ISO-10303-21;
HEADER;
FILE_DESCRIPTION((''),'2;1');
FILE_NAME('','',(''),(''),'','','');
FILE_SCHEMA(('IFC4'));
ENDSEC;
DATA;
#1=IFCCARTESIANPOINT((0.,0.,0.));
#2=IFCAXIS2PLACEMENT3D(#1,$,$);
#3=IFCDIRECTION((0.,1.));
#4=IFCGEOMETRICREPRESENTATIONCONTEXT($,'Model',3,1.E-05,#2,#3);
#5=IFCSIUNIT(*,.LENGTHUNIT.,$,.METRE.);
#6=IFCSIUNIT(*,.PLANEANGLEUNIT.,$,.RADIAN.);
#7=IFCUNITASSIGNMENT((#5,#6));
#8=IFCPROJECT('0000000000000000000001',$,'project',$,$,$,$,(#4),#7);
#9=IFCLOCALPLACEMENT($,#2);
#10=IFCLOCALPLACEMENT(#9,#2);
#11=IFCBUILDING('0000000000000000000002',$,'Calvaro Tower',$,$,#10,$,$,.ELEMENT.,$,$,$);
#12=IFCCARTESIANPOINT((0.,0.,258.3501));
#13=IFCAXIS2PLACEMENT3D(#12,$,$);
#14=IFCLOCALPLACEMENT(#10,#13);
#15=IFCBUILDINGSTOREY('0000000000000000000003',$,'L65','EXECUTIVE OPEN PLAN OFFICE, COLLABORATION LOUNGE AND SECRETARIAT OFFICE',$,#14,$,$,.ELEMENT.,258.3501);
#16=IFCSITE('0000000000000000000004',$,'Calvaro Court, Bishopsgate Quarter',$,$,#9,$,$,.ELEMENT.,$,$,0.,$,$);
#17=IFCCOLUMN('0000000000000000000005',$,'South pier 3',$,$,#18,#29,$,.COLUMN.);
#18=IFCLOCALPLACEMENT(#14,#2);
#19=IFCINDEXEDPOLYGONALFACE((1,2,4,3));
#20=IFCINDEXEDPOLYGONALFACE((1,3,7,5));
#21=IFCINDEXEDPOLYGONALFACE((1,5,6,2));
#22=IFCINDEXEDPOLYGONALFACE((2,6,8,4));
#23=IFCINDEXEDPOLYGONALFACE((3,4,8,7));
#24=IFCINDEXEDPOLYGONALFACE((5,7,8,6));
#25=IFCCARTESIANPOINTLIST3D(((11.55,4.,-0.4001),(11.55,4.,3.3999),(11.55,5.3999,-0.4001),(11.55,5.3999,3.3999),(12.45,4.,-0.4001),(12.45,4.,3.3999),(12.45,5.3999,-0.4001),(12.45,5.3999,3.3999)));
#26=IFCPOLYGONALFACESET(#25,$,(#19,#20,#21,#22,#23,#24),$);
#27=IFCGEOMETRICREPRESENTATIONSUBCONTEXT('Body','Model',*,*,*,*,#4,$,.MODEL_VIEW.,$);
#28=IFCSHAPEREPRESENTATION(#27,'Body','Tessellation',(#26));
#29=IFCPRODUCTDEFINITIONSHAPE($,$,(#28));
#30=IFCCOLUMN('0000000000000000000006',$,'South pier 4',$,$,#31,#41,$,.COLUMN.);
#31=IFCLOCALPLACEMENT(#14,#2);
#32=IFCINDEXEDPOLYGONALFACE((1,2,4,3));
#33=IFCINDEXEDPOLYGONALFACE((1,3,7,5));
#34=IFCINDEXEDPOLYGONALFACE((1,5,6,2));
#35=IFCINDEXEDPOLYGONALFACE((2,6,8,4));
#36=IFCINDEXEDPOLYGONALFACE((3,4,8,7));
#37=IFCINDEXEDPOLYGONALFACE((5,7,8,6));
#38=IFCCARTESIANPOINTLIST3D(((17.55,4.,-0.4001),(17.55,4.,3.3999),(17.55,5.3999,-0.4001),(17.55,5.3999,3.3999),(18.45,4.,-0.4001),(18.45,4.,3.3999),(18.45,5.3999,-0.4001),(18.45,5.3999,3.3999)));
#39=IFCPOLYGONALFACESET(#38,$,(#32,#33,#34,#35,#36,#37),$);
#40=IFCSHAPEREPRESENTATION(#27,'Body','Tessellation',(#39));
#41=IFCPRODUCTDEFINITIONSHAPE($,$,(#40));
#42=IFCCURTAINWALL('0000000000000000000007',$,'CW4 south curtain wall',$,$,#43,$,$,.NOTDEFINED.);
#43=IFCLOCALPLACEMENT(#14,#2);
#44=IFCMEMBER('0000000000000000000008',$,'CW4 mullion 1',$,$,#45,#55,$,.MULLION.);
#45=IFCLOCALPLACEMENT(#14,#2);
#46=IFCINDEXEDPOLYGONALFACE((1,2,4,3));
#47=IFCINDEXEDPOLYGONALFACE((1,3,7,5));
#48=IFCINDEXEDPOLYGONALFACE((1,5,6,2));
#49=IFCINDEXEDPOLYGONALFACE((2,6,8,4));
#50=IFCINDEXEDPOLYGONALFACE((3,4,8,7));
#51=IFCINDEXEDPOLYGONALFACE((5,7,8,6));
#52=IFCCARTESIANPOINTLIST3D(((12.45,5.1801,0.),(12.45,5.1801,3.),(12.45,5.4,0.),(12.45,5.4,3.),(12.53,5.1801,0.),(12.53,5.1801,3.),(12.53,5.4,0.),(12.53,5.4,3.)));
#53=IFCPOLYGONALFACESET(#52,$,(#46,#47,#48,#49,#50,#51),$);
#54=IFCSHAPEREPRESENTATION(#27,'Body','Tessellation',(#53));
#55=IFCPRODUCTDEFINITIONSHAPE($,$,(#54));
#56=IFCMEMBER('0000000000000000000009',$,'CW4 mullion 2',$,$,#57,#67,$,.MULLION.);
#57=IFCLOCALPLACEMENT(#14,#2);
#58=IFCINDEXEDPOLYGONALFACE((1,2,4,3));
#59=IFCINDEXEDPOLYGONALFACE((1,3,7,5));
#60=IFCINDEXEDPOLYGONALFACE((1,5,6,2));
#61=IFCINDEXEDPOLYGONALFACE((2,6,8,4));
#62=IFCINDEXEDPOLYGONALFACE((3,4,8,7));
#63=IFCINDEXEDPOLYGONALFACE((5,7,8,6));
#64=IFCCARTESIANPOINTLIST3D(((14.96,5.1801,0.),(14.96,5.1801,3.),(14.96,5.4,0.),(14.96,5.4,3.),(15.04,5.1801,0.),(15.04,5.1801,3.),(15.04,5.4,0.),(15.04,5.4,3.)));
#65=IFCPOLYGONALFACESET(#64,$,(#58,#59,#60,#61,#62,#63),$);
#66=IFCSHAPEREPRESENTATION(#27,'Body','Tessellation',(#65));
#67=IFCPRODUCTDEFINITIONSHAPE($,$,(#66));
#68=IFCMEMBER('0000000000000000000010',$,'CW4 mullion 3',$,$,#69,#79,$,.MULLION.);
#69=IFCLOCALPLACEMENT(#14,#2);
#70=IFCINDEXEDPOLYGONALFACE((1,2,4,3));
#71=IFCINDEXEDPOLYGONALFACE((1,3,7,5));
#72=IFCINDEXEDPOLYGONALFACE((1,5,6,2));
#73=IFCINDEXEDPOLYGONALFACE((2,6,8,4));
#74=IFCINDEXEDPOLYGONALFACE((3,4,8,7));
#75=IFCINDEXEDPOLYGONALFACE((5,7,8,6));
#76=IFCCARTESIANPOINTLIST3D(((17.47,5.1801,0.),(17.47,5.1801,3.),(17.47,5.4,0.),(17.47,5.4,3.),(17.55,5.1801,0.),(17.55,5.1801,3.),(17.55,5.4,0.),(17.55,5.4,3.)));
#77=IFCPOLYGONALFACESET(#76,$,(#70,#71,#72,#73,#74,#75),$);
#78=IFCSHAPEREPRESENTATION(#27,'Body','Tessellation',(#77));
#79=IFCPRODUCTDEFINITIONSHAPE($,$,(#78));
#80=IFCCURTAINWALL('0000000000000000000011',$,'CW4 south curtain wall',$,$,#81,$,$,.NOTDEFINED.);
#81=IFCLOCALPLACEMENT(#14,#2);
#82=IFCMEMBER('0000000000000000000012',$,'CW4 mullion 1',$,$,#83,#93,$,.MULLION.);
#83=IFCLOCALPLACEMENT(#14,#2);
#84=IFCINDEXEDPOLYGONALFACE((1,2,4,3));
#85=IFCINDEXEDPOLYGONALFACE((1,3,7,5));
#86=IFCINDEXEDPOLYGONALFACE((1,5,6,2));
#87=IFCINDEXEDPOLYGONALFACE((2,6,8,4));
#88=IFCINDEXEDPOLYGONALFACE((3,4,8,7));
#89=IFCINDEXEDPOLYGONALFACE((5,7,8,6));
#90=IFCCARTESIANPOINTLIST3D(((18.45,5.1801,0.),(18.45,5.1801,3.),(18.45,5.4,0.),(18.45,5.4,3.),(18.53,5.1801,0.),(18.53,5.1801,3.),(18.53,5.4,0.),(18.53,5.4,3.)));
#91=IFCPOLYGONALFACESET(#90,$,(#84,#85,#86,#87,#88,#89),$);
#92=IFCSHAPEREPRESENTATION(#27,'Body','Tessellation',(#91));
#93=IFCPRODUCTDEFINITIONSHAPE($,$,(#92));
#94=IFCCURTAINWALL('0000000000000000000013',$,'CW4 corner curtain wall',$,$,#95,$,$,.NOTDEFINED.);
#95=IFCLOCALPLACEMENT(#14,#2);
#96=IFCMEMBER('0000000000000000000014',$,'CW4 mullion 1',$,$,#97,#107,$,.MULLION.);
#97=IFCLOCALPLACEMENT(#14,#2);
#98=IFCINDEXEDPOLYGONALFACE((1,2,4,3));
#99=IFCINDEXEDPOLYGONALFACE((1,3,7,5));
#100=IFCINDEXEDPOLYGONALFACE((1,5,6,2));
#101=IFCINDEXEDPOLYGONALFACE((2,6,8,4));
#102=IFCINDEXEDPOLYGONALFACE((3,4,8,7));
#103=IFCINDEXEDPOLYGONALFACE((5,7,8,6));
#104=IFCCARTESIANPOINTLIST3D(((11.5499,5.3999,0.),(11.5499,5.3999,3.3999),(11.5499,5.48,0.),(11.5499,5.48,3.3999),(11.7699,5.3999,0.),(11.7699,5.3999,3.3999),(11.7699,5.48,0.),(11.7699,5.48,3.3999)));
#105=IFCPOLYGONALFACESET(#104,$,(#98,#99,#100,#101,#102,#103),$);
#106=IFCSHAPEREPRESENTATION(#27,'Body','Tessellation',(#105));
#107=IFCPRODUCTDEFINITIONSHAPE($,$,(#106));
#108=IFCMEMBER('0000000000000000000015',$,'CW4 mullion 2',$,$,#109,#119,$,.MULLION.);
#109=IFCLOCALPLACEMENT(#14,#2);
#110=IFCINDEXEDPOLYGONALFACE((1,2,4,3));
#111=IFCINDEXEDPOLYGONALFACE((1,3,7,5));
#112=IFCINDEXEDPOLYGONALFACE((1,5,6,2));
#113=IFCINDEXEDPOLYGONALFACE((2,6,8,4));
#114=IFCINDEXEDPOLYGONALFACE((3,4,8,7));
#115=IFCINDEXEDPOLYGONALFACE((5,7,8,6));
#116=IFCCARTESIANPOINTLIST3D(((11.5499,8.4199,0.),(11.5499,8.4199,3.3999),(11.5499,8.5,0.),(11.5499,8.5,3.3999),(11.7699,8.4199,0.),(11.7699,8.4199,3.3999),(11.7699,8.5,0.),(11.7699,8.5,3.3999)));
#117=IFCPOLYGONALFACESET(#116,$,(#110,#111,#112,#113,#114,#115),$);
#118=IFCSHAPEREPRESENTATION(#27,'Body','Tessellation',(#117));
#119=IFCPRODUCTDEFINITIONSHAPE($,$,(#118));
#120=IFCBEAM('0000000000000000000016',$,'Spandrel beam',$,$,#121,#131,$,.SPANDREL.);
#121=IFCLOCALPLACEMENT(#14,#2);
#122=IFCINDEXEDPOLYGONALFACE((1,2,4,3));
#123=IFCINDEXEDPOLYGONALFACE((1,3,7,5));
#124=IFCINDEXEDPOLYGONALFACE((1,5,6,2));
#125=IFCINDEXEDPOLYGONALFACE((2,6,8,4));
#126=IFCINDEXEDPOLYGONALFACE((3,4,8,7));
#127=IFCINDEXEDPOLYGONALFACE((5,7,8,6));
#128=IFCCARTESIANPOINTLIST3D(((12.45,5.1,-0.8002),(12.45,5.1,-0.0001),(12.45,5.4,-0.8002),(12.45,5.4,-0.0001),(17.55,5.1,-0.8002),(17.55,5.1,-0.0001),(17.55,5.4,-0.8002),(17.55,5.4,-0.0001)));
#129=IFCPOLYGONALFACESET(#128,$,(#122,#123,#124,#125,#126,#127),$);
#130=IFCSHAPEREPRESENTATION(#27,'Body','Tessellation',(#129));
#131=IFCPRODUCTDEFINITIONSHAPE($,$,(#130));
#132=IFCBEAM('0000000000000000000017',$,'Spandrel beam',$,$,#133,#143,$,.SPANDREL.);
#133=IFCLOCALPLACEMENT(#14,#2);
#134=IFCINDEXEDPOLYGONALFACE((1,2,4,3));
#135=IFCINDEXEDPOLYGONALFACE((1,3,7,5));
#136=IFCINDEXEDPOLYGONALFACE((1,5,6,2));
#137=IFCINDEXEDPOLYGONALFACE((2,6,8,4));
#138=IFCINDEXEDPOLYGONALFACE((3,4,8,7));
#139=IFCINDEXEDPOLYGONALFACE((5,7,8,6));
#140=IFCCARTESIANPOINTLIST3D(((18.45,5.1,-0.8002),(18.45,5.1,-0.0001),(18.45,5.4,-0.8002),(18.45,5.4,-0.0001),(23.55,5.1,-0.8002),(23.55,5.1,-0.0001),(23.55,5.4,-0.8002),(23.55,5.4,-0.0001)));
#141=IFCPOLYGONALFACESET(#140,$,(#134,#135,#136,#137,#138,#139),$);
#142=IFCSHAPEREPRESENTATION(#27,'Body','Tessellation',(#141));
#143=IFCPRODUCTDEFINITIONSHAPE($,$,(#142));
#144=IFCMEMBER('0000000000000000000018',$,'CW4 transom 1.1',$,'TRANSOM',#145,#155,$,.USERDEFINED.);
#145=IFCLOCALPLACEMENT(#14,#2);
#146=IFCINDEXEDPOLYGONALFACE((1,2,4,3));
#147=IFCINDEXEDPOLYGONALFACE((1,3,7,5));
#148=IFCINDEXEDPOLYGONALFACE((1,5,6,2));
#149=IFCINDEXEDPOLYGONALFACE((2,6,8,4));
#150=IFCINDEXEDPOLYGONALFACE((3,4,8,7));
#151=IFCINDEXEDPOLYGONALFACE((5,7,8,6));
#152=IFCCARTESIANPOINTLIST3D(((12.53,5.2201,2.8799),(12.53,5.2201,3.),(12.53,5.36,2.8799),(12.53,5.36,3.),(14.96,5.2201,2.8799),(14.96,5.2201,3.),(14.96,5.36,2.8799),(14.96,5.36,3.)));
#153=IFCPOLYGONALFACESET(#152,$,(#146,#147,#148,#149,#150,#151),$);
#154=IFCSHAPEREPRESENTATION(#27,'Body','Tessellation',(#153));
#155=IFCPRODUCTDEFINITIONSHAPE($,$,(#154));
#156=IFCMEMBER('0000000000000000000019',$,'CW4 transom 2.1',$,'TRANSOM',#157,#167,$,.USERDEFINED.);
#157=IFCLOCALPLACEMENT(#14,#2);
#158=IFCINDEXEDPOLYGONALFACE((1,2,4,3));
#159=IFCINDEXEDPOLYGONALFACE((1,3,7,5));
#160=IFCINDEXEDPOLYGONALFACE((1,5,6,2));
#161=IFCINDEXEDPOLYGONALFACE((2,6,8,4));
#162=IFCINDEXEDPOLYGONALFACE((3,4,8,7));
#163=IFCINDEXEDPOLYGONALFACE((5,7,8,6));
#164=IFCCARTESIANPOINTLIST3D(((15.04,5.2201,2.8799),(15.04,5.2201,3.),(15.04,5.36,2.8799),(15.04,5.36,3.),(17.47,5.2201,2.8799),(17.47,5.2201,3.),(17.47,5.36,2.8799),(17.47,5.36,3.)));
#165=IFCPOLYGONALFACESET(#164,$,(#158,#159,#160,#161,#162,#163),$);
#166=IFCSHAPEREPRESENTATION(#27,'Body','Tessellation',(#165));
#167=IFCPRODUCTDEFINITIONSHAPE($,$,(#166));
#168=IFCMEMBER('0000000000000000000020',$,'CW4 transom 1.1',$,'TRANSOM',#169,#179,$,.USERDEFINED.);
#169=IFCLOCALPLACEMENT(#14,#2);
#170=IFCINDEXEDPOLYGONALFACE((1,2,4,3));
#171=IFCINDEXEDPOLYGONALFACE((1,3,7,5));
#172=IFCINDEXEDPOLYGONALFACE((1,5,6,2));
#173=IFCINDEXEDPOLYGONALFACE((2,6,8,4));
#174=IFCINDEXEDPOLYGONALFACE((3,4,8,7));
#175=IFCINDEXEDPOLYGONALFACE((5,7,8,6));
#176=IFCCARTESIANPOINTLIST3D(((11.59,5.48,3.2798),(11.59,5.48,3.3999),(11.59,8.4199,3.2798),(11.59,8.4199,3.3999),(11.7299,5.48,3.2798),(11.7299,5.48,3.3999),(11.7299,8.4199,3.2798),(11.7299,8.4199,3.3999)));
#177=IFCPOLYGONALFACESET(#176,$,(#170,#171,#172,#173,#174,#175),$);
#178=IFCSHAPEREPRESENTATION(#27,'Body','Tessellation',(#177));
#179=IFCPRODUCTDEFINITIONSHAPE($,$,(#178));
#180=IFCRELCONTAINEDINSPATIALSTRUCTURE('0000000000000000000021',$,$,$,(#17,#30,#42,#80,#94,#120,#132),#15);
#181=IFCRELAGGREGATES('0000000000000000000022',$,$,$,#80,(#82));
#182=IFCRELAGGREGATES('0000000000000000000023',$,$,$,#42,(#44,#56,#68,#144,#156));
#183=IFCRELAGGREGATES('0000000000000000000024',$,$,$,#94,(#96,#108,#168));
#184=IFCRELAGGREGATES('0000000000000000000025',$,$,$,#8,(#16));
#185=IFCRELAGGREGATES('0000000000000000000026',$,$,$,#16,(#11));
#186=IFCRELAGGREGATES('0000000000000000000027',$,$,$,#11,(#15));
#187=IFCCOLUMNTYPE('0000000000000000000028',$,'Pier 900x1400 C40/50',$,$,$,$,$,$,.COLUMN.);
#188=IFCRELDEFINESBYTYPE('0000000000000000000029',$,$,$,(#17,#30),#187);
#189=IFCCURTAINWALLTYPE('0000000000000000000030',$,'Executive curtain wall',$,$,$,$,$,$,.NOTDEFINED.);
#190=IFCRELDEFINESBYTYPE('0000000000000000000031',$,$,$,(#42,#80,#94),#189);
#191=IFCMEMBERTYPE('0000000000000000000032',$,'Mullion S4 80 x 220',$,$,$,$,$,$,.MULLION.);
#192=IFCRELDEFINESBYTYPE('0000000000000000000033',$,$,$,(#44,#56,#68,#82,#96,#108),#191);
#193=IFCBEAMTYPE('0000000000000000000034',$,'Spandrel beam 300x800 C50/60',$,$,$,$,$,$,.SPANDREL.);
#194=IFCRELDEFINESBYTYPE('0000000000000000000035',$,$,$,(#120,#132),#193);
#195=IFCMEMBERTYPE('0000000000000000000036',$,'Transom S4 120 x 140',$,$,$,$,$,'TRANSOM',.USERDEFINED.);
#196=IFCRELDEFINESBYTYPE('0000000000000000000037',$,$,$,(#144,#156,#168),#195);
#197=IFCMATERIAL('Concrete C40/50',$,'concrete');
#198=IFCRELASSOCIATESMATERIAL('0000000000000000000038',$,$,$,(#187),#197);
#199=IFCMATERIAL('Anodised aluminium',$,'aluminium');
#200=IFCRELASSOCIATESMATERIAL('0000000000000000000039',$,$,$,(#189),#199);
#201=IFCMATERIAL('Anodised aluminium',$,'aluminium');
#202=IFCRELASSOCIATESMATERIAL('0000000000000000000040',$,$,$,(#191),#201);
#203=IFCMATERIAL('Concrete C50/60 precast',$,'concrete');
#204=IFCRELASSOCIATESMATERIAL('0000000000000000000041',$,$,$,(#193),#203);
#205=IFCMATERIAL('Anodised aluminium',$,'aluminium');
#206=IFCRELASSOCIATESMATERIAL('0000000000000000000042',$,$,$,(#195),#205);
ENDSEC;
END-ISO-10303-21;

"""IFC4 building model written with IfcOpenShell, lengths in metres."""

from ifc_helpers import new_model, si_unit, direction, frame, origin, origin_2d, place, context, subcontext, project, spatial, rectangle, extrude, material, material_profile, profile_set, type_object, element, aggregate, save


model = new_model("IFC4")

# Units and contexts
model_context = context("Model", 3, precision=1e-05, world=origin(), true_north=direction((0.0, 1.0)))
body_context = subcontext(model_context, "Body", "Model", "MODEL_VIEW")
ifc_project = project(units=[si_unit("LENGTHUNIT", "METRE"), si_unit("PLANEANGLEUNIT", "RADIAN")], contexts=[model_context])

# Site, building, storey
site_placement = place(None, origin())
site = spatial("IfcSite", under=ifc_project, at=site_placement, Name="Calvaro Court, Bishopsgate Quarter", CompositionType="ELEMENT", RefElevation=0.0)
building_placement = place(site_placement, origin())
building = spatial("IfcBuilding", under=site, at=building_placement, Name="Calvaro Tower", CompositionType="ELEMENT")
storey_placement = place(building_placement, frame((0.0, 0.0, 258.3501)))
storey = spatial("IfcBuildingStorey", under=building, at=storey_placement, Name="L65", Description="EXECUTIVE OPEN PLAN OFFICE, COLLABORATION LOUNGE AND SECRETARIAT OFFICE", CompositionType="ELEMENT", Elevation=258.3501)

# Columns
ifc_material_1 = material(Name="Concrete C40/50", Category="concrete")
ifc_material_profile_1 = material_profile(ifc_material_1, rectangle(XDim=0.8999, YDim=1.3999, at=origin_2d()), Name="RC 900x1400")
ifc_profile_set_1 = profile_set([ifc_material_profile_1], Name="Concrete C40/50")
column_type = type_object("IfcColumnType", Name="Pier 900x1400 C40/50", PredefinedType="COLUMN", material=ifc_profile_set_1)
for number, where, z_axis, x_axis, name in (
    (1, (12.0, 4.7, -0.4001), (0.0, 0.0, 1.0), (1.0, 0.0, 0.0), "South pier 3"),
    (2, (18.0, 4.7, -0.4001), (0.0, 0.0, 1.0), (1.0, 0.0, 0.0), "South pier 4"),
):
    element("IfcColumn", number, at=place(storey_placement, frame(where, z_axis=z_axis, x_axis=x_axis)), inside=storey, type_object=column_type, Name=name, PredefinedType="COLUMN", context=body_context, shape_type="SweptSolid", body=[
        extrude(rectangle(XDim=0.8999, YDim=1.3999, at=origin_2d()), origin(), (0.0, 0.0, 1.0), 3.8),
    ])

# Curtain wall, members
ifc_material_2 = material(Name="Anodised aluminium", Category="aluminium")
curtain_wall_type = type_object("IfcCurtainWallType", Name="Executive curtain wall", PredefinedType="NOTDEFINED", material=ifc_material_2)
curtain_wall_1_placement = place(storey_placement, origin())
curtain_wall_1 = element("IfcCurtainWall", 3, at=curtain_wall_1_placement, inside=storey, type_object=curtain_wall_type, Name="CW4 south curtain wall", PredefinedType="NOTDEFINED")
ifc_material_3 = material(Name="Anodised aluminium", Category="aluminium")
ifc_material_profile_2 = material_profile(ifc_material_3, rectangle(XDim=0.22, YDim=0.0801, at=origin_2d()), Name="Mullion S4 80 x 220")
ifc_profile_set_2 = profile_set([ifc_material_profile_2], Name="Anodised aluminium")
member_type_1 = type_object("IfcMemberType", Name="Mullion S4 80 x 220", PredefinedType="MULLION", material=ifc_profile_set_2)
member_1_placement = place(storey_placement, frame((12.49, 5.29, 0.0), z_axis=(0.0, 0.0, 1.0), x_axis=(0.0, 1.0, 0.0)))
member_1 = element("IfcMember", 4, at=member_1_placement, type_object=member_type_1, Name="CW4 mullion 1", PredefinedType="MULLION", context=body_context, shape_type="SweptSolid", body=[
    extrude(rectangle(XDim=0.22, YDim=0.0801, at=origin_2d()), origin(), (0.0, 0.0, 1.0), 3.0),
])
member_2_placement = place(storey_placement, frame((15.0, 5.29, 0.0), z_axis=(0.0, 0.0, 1.0), x_axis=(0.0, 1.0, 0.0)))
member_2 = element("IfcMember", 5, at=member_2_placement, type_object=member_type_1, Name="CW4 mullion 2", PredefinedType="MULLION", context=body_context, shape_type="SweptSolid", body=[
    extrude(rectangle(XDim=0.22, YDim=0.0801, at=origin_2d()), origin(), (0.0, 0.0, 1.0), 3.0),
])
member_3_placement = place(storey_placement, frame((17.51, 5.29, 0.0), z_axis=(0.0, 0.0, 1.0), x_axis=(0.0, 1.0, 0.0)))
member_3 = element("IfcMember", 6, at=member_3_placement, type_object=member_type_1, Name="CW4 mullion 3", PredefinedType="MULLION", context=body_context, shape_type="SweptSolid", body=[
    extrude(rectangle(XDim=0.22, YDim=0.0801, at=origin_2d()), origin(), (0.0, 0.0, 1.0), 3.0),
])

# Curtain wall, member
curtain_wall_2_placement = place(storey_placement, origin())
curtain_wall_2 = element("IfcCurtainWall", 7, at=curtain_wall_2_placement, inside=storey, type_object=curtain_wall_type, Name="CW4 south curtain wall", PredefinedType="NOTDEFINED")
member_4_placement = place(storey_placement, frame((18.49, 5.29, 0.0), z_axis=(0.0, 0.0, 1.0), x_axis=(0.0, 1.0, 0.0)))
member_4 = element("IfcMember", 8, at=member_4_placement, type_object=member_type_1, Name="CW4 mullion 1", PredefinedType="MULLION", context=body_context, shape_type="SweptSolid", body=[
    extrude(rectangle(XDim=0.22, YDim=0.0801, at=origin_2d()), origin(), (0.0, 0.0, 1.0), 3.0),
])
aggregate(curtain_wall_2, [member_4])

# Curtain wall, members
curtain_wall_3_placement = place(storey_placement, origin())
curtain_wall_3 = element("IfcCurtainWall", 9, at=curtain_wall_3_placement, inside=storey, type_object=curtain_wall_type, Name="CW4 corner curtain wall", PredefinedType="NOTDEFINED")
member_5_placement = place(storey_placement, frame((11.6599, 5.4399, 0.0), z_axis=(0.0, 0.0, 1.0), x_axis=(-1.0, 0.0, 0.0)))
member_5 = element("IfcMember", 10, at=member_5_placement, type_object=member_type_1, Name="CW4 mullion 1", PredefinedType="MULLION", context=body_context, shape_type="SweptSolid", body=[
    extrude(rectangle(XDim=0.22, YDim=0.0801, at=origin_2d()), origin(), (0.0, 0.0, 1.0), 3.3999),
])
member_6_placement = place(storey_placement, frame((11.6599, 8.46, 0.0), z_axis=(0.0, 0.0, 1.0), x_axis=(-1.0, 0.0, 0.0)))
member_6 = element("IfcMember", 11, at=member_6_placement, type_object=member_type_1, Name="CW4 mullion 2", PredefinedType="MULLION", context=body_context, shape_type="SweptSolid", body=[
    extrude(rectangle(XDim=0.22, YDim=0.0801, at=origin_2d()), origin(), (0.0, 0.0, 1.0), 3.3999),
])

# Beams
ifc_material_4 = material(Name="Concrete C50/60 precast", Category="concrete")
ifc_material_profile_3 = material_profile(ifc_material_4, rectangle(XDim=0.3, YDim=0.8, at=origin_2d()), Name="RC 300x800")
ifc_profile_set_3 = profile_set([ifc_material_profile_3], Name="Concrete C50/60 precast")
beam_type = type_object("IfcBeamType", Name="Spandrel beam 300x800 C50/60", PredefinedType="SPANDREL", material=ifc_profile_set_3)
for number, where, z_axis, x_axis, name in (
    (12, (12.45, 5.25, -0.4001), (1.0, 0.0, 0.0), (0.0, 1.0, 0.0), "Spandrel beam"),
    (13, (18.45, 5.25, -0.4001), (1.0, 0.0, 0.0), (0.0, 1.0, 0.0), "Spandrel beam"),
):
    element("IfcBeam", number, at=place(storey_placement, frame(where, z_axis=z_axis, x_axis=x_axis)), inside=storey, type_object=beam_type, Name=name, PredefinedType="SPANDREL", context=body_context, shape_type="SweptSolid", body=[
        extrude(rectangle(XDim=0.3, YDim=0.8, at=origin_2d()), origin(), (0.0, 0.0, 1.0), 5.1001),
    ])

# Members
ifc_material_5 = material(Name="Anodised aluminium", Category="aluminium")
ifc_material_profile_4 = material_profile(ifc_material_5, rectangle(XDim=0.1399, YDim=0.1201, at=origin_2d()), Name="Transom S4 120 x 140")
ifc_profile_set_4 = profile_set([ifc_material_profile_4], Name="Anodised aluminium")
member_type_2 = type_object("IfcMemberType", Name="Transom S4 120 x 140", ElementType="TRANSOM", PredefinedType="USERDEFINED", material=ifc_profile_set_4)
member_7_placement = place(storey_placement, frame((12.53, 5.29, 2.9399), z_axis=(1.0, 0.0, 0.0), x_axis=(0.0, 1.0, 0.0)))
member_7 = element("IfcMember", 14, at=member_7_placement, type_object=member_type_2, Name="CW4 transom 1.1", ObjectType="TRANSOM", PredefinedType="USERDEFINED", context=body_context, shape_type="SweptSolid", body=[
    extrude(rectangle(XDim=0.1399, YDim=0.1201, at=origin_2d()), origin(), (0.0, 0.0, 1.0), 2.4299),
])
member_8_placement = place(storey_placement, frame((15.04, 5.29, 2.9399), z_axis=(1.0, 0.0, 0.0), x_axis=(0.0, 1.0, 0.0)))
member_8 = element("IfcMember", 15, at=member_8_placement, type_object=member_type_2, Name="CW4 transom 2.1", ObjectType="TRANSOM", PredefinedType="USERDEFINED", context=body_context, shape_type="SweptSolid", body=[
    extrude(rectangle(XDim=0.1399, YDim=0.1201, at=origin_2d()), origin(), (0.0, 0.0, 1.0), 2.4299),
])
member_9_placement = place(storey_placement, frame((11.6599, 5.48, 3.3398), z_axis=(0.0, 1.0, 0.0), x_axis=(-1.0, 0.0, 0.0)))
member_9 = element("IfcMember", 16, at=member_9_placement, type_object=member_type_2, Name="CW4 transom 1.1", ObjectType="TRANSOM", PredefinedType="USERDEFINED", context=body_context, shape_type="SweptSolid", body=[
    extrude(rectangle(XDim=0.1399, YDim=0.1201, at=origin_2d()), origin(), (0.0, 0.0, 1.0), 2.9399),
])

aggregate(curtain_wall_1, [member_1, member_2, member_3, member_7, member_8])
aggregate(curtain_wall_3, [member_5, member_6, member_9])

save(model, "model.ifc")
